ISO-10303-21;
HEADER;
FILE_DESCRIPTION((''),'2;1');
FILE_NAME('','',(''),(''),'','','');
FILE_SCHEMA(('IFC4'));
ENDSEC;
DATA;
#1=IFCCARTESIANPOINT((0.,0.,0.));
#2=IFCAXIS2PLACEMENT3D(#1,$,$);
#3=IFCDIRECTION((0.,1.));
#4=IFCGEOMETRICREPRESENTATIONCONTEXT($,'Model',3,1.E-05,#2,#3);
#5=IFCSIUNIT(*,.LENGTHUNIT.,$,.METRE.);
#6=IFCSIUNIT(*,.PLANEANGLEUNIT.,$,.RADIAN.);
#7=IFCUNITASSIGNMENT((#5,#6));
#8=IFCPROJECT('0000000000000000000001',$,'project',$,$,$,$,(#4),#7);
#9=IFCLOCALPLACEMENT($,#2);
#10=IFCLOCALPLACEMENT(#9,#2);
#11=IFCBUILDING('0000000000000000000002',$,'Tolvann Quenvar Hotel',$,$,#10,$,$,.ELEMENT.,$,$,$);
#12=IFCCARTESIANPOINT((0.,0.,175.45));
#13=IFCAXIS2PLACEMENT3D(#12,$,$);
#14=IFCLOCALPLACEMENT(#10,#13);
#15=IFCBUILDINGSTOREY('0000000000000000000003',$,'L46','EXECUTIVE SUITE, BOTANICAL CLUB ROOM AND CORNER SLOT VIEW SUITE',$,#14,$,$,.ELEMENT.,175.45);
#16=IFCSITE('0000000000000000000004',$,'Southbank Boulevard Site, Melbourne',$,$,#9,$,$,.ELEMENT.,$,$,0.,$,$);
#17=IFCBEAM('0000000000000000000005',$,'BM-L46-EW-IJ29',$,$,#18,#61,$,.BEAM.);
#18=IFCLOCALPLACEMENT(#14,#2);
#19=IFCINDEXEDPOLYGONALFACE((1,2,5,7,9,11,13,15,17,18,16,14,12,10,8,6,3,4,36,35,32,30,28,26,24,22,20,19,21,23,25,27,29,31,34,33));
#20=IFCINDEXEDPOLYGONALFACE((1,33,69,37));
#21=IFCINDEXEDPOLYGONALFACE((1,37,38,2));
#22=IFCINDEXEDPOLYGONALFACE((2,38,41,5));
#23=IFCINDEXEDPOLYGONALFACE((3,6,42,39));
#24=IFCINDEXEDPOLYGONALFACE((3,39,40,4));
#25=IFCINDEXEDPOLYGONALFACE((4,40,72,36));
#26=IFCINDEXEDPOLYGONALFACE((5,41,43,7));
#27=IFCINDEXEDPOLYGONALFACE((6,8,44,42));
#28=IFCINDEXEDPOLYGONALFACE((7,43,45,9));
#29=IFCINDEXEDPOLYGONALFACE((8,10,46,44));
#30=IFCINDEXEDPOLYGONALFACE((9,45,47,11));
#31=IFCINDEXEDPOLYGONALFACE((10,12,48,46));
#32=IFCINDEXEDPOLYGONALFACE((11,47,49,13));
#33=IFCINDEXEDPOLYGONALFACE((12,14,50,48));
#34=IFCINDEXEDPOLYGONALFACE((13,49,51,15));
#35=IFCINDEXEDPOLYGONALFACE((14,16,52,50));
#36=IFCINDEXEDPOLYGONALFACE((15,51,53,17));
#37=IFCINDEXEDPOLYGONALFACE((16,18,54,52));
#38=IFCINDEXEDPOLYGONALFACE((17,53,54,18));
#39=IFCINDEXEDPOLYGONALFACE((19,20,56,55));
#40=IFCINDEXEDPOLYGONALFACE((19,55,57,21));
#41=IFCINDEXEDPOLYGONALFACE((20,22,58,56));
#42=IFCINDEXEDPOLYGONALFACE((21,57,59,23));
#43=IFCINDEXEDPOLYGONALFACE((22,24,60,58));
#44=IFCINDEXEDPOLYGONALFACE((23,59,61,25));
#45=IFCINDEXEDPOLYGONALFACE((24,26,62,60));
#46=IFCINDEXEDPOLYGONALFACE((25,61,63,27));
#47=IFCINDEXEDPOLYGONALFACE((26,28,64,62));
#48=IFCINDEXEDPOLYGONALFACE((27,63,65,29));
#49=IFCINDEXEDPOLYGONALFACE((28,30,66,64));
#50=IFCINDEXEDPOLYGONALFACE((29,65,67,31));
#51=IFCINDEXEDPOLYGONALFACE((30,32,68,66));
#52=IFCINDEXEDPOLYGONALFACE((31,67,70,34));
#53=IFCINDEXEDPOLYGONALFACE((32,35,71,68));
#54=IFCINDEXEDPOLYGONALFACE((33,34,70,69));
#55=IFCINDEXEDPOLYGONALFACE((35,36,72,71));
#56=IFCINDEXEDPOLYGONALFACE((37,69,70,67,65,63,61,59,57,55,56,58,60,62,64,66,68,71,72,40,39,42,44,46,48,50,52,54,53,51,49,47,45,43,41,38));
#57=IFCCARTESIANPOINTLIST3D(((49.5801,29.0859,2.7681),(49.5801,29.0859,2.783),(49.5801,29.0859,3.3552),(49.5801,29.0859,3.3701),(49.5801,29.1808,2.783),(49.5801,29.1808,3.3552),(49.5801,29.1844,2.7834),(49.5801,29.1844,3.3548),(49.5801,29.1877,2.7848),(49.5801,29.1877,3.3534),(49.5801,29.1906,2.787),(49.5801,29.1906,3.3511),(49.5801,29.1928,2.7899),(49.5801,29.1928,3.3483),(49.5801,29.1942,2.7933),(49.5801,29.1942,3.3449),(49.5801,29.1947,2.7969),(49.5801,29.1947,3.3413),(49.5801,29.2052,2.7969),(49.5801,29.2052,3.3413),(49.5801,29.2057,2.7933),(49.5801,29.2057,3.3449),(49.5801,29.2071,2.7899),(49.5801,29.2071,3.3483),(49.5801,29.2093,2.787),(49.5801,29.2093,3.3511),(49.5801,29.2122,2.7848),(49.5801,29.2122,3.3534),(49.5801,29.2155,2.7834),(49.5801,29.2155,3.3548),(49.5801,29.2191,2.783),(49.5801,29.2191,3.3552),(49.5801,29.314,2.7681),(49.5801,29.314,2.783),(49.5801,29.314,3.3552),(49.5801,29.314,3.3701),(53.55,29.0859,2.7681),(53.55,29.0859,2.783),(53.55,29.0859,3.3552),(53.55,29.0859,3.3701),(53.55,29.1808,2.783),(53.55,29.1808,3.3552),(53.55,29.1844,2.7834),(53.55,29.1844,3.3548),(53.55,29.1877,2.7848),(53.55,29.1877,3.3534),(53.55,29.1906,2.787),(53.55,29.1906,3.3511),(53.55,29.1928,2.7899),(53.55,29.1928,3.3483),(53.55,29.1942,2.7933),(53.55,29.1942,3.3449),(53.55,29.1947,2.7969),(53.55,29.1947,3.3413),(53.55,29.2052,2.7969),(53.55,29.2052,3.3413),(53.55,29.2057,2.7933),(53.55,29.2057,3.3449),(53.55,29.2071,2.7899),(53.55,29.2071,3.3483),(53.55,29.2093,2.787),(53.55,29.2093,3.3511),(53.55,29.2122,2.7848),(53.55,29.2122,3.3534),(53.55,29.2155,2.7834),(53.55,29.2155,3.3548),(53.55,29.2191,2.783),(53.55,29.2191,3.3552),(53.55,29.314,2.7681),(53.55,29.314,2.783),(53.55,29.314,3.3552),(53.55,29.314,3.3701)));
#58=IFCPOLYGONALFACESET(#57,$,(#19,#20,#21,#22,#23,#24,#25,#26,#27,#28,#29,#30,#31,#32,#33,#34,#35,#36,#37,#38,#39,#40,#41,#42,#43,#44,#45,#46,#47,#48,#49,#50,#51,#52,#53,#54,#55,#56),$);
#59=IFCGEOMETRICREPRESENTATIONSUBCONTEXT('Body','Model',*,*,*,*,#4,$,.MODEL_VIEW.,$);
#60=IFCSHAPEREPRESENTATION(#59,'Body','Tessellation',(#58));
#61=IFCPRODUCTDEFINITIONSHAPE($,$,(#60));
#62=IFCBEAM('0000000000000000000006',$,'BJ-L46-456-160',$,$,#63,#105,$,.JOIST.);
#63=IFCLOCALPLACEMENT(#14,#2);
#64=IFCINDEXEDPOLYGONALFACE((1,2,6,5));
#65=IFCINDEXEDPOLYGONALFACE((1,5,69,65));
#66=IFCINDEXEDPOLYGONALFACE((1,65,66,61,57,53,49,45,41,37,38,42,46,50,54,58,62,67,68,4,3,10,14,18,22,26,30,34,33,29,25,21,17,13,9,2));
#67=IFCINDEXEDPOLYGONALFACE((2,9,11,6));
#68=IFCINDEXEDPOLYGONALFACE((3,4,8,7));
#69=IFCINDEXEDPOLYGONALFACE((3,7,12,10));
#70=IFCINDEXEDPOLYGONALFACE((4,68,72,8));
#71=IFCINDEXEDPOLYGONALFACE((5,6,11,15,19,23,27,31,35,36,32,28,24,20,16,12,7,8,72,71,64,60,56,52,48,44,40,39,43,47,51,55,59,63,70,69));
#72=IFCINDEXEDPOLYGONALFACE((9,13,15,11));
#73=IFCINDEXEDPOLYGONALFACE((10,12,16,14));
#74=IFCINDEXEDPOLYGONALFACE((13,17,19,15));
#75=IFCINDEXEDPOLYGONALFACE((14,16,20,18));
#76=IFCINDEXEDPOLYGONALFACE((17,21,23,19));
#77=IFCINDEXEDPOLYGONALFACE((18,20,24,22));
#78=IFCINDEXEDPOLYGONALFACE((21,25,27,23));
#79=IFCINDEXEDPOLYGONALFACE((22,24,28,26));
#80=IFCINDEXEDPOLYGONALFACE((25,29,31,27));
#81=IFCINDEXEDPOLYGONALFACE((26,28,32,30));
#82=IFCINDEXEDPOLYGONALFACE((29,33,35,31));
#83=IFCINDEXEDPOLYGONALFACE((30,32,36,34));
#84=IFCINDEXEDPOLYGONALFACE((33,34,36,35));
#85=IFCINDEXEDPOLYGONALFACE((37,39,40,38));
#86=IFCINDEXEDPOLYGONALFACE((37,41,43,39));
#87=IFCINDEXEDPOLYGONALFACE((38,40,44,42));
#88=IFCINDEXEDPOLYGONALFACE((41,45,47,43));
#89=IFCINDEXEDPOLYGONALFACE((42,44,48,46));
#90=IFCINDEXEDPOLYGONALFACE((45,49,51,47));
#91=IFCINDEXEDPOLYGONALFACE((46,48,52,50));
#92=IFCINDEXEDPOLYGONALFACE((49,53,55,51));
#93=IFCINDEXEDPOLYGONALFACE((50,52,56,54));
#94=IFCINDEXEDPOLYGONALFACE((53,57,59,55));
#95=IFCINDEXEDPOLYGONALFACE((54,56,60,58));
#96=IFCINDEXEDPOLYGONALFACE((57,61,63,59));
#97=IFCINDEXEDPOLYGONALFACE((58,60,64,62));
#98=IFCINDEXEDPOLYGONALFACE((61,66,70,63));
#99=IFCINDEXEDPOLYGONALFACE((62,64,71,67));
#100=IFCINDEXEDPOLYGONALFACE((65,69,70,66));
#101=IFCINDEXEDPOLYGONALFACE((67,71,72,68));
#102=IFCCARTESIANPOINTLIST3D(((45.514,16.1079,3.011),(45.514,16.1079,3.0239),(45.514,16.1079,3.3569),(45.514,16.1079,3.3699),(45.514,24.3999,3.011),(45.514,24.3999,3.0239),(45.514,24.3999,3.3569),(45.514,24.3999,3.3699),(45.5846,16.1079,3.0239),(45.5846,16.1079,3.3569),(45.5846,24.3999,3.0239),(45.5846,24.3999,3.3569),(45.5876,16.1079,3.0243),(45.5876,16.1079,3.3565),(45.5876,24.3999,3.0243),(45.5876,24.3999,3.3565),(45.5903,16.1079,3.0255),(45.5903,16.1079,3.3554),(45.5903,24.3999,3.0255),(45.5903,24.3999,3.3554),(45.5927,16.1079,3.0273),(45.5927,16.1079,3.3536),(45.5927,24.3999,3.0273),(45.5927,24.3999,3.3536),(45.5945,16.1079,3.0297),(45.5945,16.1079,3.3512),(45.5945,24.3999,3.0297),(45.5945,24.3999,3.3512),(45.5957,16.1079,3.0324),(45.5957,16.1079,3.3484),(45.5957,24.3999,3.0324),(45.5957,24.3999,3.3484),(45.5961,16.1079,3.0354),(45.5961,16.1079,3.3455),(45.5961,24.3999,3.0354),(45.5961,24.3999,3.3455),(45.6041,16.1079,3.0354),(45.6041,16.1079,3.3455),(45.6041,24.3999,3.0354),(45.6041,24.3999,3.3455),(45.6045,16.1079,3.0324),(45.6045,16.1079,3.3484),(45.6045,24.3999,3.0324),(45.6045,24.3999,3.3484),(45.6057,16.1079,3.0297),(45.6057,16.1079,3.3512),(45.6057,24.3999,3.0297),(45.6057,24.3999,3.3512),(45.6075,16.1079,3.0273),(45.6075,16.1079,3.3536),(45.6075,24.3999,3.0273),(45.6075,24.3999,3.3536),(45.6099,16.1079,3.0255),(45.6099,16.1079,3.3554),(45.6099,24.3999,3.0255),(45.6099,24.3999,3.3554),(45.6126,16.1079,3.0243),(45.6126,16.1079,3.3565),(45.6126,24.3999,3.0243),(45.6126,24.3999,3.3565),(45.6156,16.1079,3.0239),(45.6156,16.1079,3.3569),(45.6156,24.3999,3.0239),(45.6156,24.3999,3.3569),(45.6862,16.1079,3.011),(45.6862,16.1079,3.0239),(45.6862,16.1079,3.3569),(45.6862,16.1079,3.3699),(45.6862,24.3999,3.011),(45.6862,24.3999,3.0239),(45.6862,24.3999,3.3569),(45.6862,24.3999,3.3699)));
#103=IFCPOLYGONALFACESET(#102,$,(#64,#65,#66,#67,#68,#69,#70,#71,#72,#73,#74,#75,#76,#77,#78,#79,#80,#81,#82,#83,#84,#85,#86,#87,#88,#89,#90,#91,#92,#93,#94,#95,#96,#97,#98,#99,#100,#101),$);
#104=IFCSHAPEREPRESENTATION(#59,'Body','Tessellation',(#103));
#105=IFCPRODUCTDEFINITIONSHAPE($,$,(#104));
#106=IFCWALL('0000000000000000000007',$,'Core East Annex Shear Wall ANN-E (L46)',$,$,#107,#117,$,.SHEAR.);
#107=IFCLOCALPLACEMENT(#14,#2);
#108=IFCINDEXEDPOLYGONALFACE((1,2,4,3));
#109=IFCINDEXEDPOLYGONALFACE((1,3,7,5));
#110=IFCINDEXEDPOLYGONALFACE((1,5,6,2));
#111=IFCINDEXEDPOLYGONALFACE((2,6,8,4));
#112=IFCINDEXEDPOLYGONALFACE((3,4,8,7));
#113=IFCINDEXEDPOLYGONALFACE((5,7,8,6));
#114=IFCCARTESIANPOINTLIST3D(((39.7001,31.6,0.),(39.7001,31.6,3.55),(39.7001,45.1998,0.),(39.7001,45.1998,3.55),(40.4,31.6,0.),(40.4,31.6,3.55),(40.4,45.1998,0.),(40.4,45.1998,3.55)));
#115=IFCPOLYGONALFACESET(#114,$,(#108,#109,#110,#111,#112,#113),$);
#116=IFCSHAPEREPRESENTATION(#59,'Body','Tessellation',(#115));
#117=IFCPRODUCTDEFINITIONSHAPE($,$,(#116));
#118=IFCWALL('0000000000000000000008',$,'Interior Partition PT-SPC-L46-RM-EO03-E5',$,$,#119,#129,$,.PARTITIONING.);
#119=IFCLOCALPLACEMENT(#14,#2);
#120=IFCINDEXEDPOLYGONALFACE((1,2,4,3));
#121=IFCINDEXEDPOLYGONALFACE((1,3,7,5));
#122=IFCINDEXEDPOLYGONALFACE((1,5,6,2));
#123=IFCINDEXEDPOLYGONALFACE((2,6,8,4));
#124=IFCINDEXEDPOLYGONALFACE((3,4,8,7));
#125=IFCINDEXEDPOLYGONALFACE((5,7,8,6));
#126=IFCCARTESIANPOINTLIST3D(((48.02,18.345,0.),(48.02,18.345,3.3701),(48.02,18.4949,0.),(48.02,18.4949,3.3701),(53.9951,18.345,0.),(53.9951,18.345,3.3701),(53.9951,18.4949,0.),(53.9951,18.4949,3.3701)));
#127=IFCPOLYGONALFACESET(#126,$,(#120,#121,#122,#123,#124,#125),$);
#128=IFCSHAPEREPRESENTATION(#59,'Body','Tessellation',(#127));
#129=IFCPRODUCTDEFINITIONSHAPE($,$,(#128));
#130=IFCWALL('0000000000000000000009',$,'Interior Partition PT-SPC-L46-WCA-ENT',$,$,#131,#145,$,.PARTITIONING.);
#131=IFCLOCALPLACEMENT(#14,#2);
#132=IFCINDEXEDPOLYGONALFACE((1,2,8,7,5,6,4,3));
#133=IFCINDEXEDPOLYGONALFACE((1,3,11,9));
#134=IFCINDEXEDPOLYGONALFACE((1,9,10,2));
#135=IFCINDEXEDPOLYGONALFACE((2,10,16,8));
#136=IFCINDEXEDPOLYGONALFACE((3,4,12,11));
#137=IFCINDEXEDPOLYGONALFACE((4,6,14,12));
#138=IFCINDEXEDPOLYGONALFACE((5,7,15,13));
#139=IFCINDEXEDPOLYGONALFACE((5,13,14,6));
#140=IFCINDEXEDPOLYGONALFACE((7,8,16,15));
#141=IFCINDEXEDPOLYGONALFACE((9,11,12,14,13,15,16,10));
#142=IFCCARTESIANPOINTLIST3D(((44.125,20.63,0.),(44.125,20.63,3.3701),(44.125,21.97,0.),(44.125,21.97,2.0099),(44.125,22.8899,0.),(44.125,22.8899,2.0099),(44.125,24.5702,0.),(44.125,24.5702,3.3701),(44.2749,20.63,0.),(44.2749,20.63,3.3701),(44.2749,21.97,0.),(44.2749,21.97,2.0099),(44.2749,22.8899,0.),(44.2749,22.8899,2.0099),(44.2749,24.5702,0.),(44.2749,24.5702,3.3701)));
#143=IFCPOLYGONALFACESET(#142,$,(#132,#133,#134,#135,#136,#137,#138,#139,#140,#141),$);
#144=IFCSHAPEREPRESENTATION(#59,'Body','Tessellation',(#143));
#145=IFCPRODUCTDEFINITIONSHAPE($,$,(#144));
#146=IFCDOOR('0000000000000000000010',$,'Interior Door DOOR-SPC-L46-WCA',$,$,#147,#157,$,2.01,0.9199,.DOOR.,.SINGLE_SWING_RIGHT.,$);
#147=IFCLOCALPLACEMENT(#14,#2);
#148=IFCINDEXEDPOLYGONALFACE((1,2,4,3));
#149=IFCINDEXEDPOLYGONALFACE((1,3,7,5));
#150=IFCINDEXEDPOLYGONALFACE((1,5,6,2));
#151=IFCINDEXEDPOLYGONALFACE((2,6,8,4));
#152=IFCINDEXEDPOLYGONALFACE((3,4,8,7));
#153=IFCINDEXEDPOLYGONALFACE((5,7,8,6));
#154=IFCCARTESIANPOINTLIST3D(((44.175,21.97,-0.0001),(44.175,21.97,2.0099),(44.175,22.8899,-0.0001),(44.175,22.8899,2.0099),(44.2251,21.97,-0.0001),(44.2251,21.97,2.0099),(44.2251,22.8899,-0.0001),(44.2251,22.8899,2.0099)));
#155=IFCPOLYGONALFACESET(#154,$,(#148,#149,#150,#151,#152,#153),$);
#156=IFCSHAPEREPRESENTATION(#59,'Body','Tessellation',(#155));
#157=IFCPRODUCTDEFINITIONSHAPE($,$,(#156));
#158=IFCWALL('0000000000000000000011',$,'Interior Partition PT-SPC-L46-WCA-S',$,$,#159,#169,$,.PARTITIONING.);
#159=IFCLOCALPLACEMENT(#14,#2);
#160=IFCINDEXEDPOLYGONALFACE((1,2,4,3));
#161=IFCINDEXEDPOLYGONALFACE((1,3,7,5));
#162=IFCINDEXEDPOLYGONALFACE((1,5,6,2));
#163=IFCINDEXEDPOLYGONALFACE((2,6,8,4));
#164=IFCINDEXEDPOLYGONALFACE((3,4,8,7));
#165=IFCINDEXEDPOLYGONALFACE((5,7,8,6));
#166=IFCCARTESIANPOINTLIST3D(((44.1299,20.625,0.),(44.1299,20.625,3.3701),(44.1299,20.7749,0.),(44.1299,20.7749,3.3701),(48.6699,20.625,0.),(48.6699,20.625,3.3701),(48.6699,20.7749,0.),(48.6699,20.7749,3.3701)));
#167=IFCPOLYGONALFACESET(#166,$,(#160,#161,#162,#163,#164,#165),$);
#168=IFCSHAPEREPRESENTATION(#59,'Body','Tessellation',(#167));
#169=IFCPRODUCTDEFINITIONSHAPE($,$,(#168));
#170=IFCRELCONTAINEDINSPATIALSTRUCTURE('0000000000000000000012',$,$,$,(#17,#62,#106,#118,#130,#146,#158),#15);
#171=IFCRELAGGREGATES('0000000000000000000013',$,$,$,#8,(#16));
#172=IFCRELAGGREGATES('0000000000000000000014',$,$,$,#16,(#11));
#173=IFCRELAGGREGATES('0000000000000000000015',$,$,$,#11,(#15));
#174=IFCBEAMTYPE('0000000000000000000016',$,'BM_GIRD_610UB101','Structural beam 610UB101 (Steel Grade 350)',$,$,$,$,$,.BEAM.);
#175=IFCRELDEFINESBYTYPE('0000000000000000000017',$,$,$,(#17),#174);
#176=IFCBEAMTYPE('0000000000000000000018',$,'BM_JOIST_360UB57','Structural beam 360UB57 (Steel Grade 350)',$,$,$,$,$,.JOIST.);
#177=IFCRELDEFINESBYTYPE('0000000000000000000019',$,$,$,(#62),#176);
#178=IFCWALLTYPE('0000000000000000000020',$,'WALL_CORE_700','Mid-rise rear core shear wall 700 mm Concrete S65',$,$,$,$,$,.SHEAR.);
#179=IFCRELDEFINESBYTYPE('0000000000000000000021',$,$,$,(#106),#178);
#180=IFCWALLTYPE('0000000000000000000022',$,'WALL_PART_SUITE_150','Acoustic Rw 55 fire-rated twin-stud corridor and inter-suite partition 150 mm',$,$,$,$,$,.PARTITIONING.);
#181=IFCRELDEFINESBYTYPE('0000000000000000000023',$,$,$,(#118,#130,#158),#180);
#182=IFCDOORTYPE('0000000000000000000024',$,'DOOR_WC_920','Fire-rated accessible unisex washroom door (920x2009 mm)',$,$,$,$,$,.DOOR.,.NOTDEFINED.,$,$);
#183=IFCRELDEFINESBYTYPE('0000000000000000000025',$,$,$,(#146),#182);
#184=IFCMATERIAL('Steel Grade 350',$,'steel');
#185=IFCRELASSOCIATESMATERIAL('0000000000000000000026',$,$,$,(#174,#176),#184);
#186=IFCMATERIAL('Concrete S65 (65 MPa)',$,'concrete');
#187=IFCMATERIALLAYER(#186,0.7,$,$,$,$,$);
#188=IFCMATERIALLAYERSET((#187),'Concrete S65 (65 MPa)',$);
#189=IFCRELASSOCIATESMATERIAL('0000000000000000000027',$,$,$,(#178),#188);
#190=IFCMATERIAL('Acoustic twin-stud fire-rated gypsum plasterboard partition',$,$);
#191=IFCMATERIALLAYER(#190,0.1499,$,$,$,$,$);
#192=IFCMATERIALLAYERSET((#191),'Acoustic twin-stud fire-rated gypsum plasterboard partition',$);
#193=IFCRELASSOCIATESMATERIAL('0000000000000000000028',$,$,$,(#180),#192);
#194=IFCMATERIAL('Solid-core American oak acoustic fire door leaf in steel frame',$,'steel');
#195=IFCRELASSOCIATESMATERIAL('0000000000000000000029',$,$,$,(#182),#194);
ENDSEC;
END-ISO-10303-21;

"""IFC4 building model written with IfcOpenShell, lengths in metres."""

from ifc_helpers import new_model, si_unit, direction, frame, frame_2d, origin, origin_2d, place, context, subcontext, project, spatial, rectangle, i_section, extrude, source, transform, mapped, material, layer, layer_set, material_profile, profile_set, type_object, type_shapes, element, fill, save


model = new_model("IFC4")

# Units and contexts
model_context = context("Model", 3, precision=1e-05, world=origin(), true_north=direction((0.0, 1.0)))
body_context = subcontext(model_context, "Body", "Model", "MODEL_VIEW")
ifc_project = project(units=[si_unit("LENGTHUNIT", "METRE"), si_unit("PLANEANGLEUNIT", "RADIAN")], contexts=[model_context])

# Site, building, storey
site_placement = place(None, origin())
site = spatial("IfcSite", under=ifc_project, at=site_placement, Name="Southbank Boulevard Site, Melbourne", CompositionType="ELEMENT", RefElevation=0.0)
building_placement = place(site_placement, origin())
building = spatial("IfcBuilding", under=site, at=building_placement, Name="Tolvann Quenvar Hotel", CompositionType="ELEMENT")
storey_placement = place(building_placement, frame((0.0, 0.0, 175.45)))
storey = spatial("IfcBuildingStorey", under=building, at=storey_placement, Name="L46", Description="EXECUTIVE SUITE, BOTANICAL CLUB ROOM AND CORNER SLOT VIEW SUITE", CompositionType="ELEMENT", Elevation=175.45)

# Shared definitions
ifc_material_1 = material(Name="Steel Grade 350", Category="steel")

# Beams
ifc_material_profile_1 = material_profile(ifc_material_1, i_section(OverallWidth=0.228, OverallDepth=0.6021, WebThickness=0.0105, FlangeThickness=0.0149, FilletRadius=0.0139, at=origin_2d()), Name="610UB101")
ifc_profile_set_1 = profile_set([ifc_material_profile_1], Name="Steel Grade 350")
beam_type_1 = type_object("IfcBeamType", Name="BM_GIRD_610UB101", Description="Structural beam 610UB101 (Steel Grade 350)", PredefinedType="BEAM", material=ifc_profile_set_1)
shared_shape_1 = source(origin(), body_context, "Body", "SweptSolid", [
    extrude(i_section(OverallWidth=0.228, OverallDepth=0.6021, WebThickness=0.0105, FlangeThickness=0.0149, FilletRadius=0.0139, at=origin_2d()), origin(), (0.0, 0.0, 1.0), 3.97),
])
beam_1_placement = place(storey_placement, frame((49.5801, 29.2, 3.0691), z_axis=(1.0, 0.0, 0.0), x_axis=(0.0, 1.0, 0.0)))
element("IfcBeam", 1, at=beam_1_placement, inside=storey, type_object=beam_type_1, Name="BM-L46-EW-IJ29", PredefinedType="BEAM", context=body_context, shape_type="MappedRepresentation", body=[
    mapped(shared_shape_1, transform((0.0, 0.0, 0.0), x_axis=(1.0, 0.0, 0.0), y_axis=(0.0, 1.0, 0.0), z_axis=(0.0, 0.0, 1.0), scale=1.0)),
])
ifc_material_profile_2 = material_profile(ifc_material_1, i_section(OverallWidth=0.1721, OverallDepth=0.3589, WebThickness=0.0081, FlangeThickness=0.0129, FilletRadius=0.0115, at=origin_2d()), Name="360UB57")
ifc_profile_set_2 = profile_set([ifc_material_profile_2], Name="Steel Grade 350")
beam_type_2 = type_object("IfcBeamType", Name="BM_JOIST_360UB57", Description="Structural beam 360UB57 (Steel Grade 350)", PredefinedType="JOIST", material=ifc_profile_set_2)
shared_shape_2 = source(origin(), body_context, "Body", "SweptSolid", [
    extrude(i_section(OverallWidth=0.1721, OverallDepth=0.3589, WebThickness=0.0081, FlangeThickness=0.0129, FilletRadius=0.0115, at=origin_2d()), origin(), (0.0, 0.0, 1.0), 8.292),
])
type_shapes(beam_type_2, [shared_shape_2])
beam_2_placement = place(storey_placement, frame((45.6001, 16.1079, 3.1904), z_axis=(0.0, 1.0, 0.0), x_axis=(-1.0, 0.0, 0.0)))
element("IfcBeam", 2, at=beam_2_placement, inside=storey, type_object=beam_type_2, Name="BJ-L46-456-160", PredefinedType="JOIST", context=body_context, shape_type="MappedRepresentation", body=[
    mapped(shared_shape_2, transform((0.0, 0.0, 0.0), x_axis=(1.0, 0.0, 0.0), y_axis=(0.0, 1.0, 0.0), z_axis=(0.0, 0.0, 1.0), scale=1.0)),
])

# Walls
ifc_material_2 = material(Name="Concrete S65 (65 MPa)", Category="concrete")
ifc_layer_1 = layer(ifc_material_2, 0.7)
ifc_layer_set_1 = layer_set([ifc_layer_1], Name="Concrete S65 (65 MPa)")
wall_type_1 = type_object("IfcWallType", Name="WALL_CORE_700", Description="Mid-rise rear core shear wall 700 mm Concrete S65", PredefinedType="SHEAR", material=ifc_layer_set_1)
wall_1_placement = place(storey_placement, frame((40.05, 31.6001, 0.0), z_axis=(0.0, 0.0, 1.0), x_axis=(0.0, 1.0, 0.0)))
element("IfcWall", 3, at=wall_1_placement, inside=storey, type_object=wall_type_1, Name="Core East Annex Shear Wall ANN-E (L46)", PredefinedType="SHEAR", context=body_context, shape_type="SweptSolid", body=[
    extrude(rectangle(XDim=13.5999, YDim=0.7, at=frame_2d((6.7998, 0.0))), origin(), (0.0, 0.0, 1.0), 3.55),
])
ifc_material_3 = material(Name="Acoustic twin-stud fire-rated gypsum plasterboard partition")
ifc_layer_2 = layer(ifc_material_3, 0.1499)
ifc_layer_set_2 = layer_set([ifc_layer_2], Name="Acoustic twin-stud fire-rated gypsum plasterboard partition")
wall_type_2 = type_object("IfcWallType", Name="WALL_PART_SUITE_150", Description="Acoustic Rw 55 fire-rated twin-stud corridor and inter-suite partition 150 mm", PredefinedType="PARTITIONING", material=ifc_layer_set_2)
wall_2_placement = place(storey_placement, frame((48.02, 18.4199, 0.0), z_axis=(0.0, 0.0, 1.0), x_axis=(1.0, 0.0, 0.0)))
element("IfcWall", 4, at=wall_2_placement, inside=storey, type_object=wall_type_2, Name="Interior Partition PT-SPC-L46-RM-EO03-E5", PredefinedType="PARTITIONING", context=body_context, shape_type="SweptSolid", body=[
    extrude(rectangle(XDim=5.9751, YDim=0.1499, at=frame_2d((2.9875, 0.0))), origin(), (0.0, 0.0, 1.0), 3.3701),
])

# Wall, opening, door
wall_3_placement = place(storey_placement, frame((44.2, 20.6299, 0.0), z_axis=(0.0, 0.0, 1.0), x_axis=(0.0, 1.0, 0.0)))
wall_3 = element("IfcWall", 5, at=wall_3_placement, inside=storey, type_object=wall_type_2, Name="Interior Partition PT-SPC-L46-WCA-ENT", PredefinedType="PARTITIONING", context=body_context, shape_type="SweptSolid", body=[
    extrude(rectangle(XDim=3.9402, YDim=0.1499, at=frame_2d((1.9702, 0.0))), origin(), (0.0, 0.0, 1.0), 3.3701),
])
opening_1_placement = place(wall_3_placement, frame((1.3401, 0.0, 0.0)))
opening_1 = element("IfcOpeningElement", 6, at=opening_1_placement, cuts=wall_3, PredefinedType="OPENING", context=body_context, shape_type="SweptSolid", body=[
    extrude(rectangle(XDim=0.9199, YDim=2.01, at=frame_2d((0.46, 1.0049))), frame((0.0, 0.085, 0.0), z_axis=(0.0, -1.0, 0.0), x_axis=(1.0, 0.0, 0.0)), (0.0, 0.0, 1.0), 0.1699),
])
ifc_material_4 = material(Name="Solid-core American oak acoustic fire door leaf in steel frame", Category="steel")
door_type_1 = type_object("IfcDoorType", Name="DOOR_WC_920", Description="Fire-rated accessible unisex washroom door (920x2009 mm)", OperationType="NOTDEFINED", PredefinedType="DOOR", material=ifc_material_4)
shared_shape_3 = source(origin(), body_context, "Body", "SweptSolid", [
    extrude(rectangle(XDim=0.9199, YDim=2.01, at=frame_2d((0.46, 1.0049))), frame((0.0, 0.0249, 0.0), z_axis=(0.0, -1.0, 0.0), x_axis=(1.0, 0.0, 0.0)), (0.0, 0.0, 1.0), 0.05),
])
type_shapes(door_type_1, [shared_shape_3])
door_1_placement = place(opening_1_placement, origin())
door_1 = element("IfcDoor", 7, at=door_1_placement, inside=storey, type_object=door_type_1, Name="Interior Door DOOR-SPC-L46-WCA", OperationType="SINGLE_SWING_RIGHT", OverallHeight=2.01, OverallWidth=0.9199, PredefinedType="DOOR", context=body_context, shape_type="MappedRepresentation", body=[
    mapped(shared_shape_3, transform((0.0, 0.0, 0.0), x_axis=(1.0, 0.0, 0.0), y_axis=(0.0, 1.0, 0.0), z_axis=(0.0, 0.0, 1.0), scale=1.0)),
])
fill(opening_1, door_1)

# Wall
wall_4_placement = place(storey_placement, frame((44.1299, 20.7, 0.0), z_axis=(0.0, 0.0, 1.0), x_axis=(1.0, 0.0, 0.0)))
element("IfcWall", 8, at=wall_4_placement, inside=storey, type_object=wall_type_2, Name="Interior Partition PT-SPC-L46-WCA-S", PredefinedType="PARTITIONING", context=body_context, shape_type="SweptSolid", body=[
    extrude(rectangle(XDim=4.54, YDim=0.1499, at=frame_2d((2.27, 0.0))), origin(), (0.0, 0.0, 1.0), 3.3701),
])

save(model, "model.ifc")
